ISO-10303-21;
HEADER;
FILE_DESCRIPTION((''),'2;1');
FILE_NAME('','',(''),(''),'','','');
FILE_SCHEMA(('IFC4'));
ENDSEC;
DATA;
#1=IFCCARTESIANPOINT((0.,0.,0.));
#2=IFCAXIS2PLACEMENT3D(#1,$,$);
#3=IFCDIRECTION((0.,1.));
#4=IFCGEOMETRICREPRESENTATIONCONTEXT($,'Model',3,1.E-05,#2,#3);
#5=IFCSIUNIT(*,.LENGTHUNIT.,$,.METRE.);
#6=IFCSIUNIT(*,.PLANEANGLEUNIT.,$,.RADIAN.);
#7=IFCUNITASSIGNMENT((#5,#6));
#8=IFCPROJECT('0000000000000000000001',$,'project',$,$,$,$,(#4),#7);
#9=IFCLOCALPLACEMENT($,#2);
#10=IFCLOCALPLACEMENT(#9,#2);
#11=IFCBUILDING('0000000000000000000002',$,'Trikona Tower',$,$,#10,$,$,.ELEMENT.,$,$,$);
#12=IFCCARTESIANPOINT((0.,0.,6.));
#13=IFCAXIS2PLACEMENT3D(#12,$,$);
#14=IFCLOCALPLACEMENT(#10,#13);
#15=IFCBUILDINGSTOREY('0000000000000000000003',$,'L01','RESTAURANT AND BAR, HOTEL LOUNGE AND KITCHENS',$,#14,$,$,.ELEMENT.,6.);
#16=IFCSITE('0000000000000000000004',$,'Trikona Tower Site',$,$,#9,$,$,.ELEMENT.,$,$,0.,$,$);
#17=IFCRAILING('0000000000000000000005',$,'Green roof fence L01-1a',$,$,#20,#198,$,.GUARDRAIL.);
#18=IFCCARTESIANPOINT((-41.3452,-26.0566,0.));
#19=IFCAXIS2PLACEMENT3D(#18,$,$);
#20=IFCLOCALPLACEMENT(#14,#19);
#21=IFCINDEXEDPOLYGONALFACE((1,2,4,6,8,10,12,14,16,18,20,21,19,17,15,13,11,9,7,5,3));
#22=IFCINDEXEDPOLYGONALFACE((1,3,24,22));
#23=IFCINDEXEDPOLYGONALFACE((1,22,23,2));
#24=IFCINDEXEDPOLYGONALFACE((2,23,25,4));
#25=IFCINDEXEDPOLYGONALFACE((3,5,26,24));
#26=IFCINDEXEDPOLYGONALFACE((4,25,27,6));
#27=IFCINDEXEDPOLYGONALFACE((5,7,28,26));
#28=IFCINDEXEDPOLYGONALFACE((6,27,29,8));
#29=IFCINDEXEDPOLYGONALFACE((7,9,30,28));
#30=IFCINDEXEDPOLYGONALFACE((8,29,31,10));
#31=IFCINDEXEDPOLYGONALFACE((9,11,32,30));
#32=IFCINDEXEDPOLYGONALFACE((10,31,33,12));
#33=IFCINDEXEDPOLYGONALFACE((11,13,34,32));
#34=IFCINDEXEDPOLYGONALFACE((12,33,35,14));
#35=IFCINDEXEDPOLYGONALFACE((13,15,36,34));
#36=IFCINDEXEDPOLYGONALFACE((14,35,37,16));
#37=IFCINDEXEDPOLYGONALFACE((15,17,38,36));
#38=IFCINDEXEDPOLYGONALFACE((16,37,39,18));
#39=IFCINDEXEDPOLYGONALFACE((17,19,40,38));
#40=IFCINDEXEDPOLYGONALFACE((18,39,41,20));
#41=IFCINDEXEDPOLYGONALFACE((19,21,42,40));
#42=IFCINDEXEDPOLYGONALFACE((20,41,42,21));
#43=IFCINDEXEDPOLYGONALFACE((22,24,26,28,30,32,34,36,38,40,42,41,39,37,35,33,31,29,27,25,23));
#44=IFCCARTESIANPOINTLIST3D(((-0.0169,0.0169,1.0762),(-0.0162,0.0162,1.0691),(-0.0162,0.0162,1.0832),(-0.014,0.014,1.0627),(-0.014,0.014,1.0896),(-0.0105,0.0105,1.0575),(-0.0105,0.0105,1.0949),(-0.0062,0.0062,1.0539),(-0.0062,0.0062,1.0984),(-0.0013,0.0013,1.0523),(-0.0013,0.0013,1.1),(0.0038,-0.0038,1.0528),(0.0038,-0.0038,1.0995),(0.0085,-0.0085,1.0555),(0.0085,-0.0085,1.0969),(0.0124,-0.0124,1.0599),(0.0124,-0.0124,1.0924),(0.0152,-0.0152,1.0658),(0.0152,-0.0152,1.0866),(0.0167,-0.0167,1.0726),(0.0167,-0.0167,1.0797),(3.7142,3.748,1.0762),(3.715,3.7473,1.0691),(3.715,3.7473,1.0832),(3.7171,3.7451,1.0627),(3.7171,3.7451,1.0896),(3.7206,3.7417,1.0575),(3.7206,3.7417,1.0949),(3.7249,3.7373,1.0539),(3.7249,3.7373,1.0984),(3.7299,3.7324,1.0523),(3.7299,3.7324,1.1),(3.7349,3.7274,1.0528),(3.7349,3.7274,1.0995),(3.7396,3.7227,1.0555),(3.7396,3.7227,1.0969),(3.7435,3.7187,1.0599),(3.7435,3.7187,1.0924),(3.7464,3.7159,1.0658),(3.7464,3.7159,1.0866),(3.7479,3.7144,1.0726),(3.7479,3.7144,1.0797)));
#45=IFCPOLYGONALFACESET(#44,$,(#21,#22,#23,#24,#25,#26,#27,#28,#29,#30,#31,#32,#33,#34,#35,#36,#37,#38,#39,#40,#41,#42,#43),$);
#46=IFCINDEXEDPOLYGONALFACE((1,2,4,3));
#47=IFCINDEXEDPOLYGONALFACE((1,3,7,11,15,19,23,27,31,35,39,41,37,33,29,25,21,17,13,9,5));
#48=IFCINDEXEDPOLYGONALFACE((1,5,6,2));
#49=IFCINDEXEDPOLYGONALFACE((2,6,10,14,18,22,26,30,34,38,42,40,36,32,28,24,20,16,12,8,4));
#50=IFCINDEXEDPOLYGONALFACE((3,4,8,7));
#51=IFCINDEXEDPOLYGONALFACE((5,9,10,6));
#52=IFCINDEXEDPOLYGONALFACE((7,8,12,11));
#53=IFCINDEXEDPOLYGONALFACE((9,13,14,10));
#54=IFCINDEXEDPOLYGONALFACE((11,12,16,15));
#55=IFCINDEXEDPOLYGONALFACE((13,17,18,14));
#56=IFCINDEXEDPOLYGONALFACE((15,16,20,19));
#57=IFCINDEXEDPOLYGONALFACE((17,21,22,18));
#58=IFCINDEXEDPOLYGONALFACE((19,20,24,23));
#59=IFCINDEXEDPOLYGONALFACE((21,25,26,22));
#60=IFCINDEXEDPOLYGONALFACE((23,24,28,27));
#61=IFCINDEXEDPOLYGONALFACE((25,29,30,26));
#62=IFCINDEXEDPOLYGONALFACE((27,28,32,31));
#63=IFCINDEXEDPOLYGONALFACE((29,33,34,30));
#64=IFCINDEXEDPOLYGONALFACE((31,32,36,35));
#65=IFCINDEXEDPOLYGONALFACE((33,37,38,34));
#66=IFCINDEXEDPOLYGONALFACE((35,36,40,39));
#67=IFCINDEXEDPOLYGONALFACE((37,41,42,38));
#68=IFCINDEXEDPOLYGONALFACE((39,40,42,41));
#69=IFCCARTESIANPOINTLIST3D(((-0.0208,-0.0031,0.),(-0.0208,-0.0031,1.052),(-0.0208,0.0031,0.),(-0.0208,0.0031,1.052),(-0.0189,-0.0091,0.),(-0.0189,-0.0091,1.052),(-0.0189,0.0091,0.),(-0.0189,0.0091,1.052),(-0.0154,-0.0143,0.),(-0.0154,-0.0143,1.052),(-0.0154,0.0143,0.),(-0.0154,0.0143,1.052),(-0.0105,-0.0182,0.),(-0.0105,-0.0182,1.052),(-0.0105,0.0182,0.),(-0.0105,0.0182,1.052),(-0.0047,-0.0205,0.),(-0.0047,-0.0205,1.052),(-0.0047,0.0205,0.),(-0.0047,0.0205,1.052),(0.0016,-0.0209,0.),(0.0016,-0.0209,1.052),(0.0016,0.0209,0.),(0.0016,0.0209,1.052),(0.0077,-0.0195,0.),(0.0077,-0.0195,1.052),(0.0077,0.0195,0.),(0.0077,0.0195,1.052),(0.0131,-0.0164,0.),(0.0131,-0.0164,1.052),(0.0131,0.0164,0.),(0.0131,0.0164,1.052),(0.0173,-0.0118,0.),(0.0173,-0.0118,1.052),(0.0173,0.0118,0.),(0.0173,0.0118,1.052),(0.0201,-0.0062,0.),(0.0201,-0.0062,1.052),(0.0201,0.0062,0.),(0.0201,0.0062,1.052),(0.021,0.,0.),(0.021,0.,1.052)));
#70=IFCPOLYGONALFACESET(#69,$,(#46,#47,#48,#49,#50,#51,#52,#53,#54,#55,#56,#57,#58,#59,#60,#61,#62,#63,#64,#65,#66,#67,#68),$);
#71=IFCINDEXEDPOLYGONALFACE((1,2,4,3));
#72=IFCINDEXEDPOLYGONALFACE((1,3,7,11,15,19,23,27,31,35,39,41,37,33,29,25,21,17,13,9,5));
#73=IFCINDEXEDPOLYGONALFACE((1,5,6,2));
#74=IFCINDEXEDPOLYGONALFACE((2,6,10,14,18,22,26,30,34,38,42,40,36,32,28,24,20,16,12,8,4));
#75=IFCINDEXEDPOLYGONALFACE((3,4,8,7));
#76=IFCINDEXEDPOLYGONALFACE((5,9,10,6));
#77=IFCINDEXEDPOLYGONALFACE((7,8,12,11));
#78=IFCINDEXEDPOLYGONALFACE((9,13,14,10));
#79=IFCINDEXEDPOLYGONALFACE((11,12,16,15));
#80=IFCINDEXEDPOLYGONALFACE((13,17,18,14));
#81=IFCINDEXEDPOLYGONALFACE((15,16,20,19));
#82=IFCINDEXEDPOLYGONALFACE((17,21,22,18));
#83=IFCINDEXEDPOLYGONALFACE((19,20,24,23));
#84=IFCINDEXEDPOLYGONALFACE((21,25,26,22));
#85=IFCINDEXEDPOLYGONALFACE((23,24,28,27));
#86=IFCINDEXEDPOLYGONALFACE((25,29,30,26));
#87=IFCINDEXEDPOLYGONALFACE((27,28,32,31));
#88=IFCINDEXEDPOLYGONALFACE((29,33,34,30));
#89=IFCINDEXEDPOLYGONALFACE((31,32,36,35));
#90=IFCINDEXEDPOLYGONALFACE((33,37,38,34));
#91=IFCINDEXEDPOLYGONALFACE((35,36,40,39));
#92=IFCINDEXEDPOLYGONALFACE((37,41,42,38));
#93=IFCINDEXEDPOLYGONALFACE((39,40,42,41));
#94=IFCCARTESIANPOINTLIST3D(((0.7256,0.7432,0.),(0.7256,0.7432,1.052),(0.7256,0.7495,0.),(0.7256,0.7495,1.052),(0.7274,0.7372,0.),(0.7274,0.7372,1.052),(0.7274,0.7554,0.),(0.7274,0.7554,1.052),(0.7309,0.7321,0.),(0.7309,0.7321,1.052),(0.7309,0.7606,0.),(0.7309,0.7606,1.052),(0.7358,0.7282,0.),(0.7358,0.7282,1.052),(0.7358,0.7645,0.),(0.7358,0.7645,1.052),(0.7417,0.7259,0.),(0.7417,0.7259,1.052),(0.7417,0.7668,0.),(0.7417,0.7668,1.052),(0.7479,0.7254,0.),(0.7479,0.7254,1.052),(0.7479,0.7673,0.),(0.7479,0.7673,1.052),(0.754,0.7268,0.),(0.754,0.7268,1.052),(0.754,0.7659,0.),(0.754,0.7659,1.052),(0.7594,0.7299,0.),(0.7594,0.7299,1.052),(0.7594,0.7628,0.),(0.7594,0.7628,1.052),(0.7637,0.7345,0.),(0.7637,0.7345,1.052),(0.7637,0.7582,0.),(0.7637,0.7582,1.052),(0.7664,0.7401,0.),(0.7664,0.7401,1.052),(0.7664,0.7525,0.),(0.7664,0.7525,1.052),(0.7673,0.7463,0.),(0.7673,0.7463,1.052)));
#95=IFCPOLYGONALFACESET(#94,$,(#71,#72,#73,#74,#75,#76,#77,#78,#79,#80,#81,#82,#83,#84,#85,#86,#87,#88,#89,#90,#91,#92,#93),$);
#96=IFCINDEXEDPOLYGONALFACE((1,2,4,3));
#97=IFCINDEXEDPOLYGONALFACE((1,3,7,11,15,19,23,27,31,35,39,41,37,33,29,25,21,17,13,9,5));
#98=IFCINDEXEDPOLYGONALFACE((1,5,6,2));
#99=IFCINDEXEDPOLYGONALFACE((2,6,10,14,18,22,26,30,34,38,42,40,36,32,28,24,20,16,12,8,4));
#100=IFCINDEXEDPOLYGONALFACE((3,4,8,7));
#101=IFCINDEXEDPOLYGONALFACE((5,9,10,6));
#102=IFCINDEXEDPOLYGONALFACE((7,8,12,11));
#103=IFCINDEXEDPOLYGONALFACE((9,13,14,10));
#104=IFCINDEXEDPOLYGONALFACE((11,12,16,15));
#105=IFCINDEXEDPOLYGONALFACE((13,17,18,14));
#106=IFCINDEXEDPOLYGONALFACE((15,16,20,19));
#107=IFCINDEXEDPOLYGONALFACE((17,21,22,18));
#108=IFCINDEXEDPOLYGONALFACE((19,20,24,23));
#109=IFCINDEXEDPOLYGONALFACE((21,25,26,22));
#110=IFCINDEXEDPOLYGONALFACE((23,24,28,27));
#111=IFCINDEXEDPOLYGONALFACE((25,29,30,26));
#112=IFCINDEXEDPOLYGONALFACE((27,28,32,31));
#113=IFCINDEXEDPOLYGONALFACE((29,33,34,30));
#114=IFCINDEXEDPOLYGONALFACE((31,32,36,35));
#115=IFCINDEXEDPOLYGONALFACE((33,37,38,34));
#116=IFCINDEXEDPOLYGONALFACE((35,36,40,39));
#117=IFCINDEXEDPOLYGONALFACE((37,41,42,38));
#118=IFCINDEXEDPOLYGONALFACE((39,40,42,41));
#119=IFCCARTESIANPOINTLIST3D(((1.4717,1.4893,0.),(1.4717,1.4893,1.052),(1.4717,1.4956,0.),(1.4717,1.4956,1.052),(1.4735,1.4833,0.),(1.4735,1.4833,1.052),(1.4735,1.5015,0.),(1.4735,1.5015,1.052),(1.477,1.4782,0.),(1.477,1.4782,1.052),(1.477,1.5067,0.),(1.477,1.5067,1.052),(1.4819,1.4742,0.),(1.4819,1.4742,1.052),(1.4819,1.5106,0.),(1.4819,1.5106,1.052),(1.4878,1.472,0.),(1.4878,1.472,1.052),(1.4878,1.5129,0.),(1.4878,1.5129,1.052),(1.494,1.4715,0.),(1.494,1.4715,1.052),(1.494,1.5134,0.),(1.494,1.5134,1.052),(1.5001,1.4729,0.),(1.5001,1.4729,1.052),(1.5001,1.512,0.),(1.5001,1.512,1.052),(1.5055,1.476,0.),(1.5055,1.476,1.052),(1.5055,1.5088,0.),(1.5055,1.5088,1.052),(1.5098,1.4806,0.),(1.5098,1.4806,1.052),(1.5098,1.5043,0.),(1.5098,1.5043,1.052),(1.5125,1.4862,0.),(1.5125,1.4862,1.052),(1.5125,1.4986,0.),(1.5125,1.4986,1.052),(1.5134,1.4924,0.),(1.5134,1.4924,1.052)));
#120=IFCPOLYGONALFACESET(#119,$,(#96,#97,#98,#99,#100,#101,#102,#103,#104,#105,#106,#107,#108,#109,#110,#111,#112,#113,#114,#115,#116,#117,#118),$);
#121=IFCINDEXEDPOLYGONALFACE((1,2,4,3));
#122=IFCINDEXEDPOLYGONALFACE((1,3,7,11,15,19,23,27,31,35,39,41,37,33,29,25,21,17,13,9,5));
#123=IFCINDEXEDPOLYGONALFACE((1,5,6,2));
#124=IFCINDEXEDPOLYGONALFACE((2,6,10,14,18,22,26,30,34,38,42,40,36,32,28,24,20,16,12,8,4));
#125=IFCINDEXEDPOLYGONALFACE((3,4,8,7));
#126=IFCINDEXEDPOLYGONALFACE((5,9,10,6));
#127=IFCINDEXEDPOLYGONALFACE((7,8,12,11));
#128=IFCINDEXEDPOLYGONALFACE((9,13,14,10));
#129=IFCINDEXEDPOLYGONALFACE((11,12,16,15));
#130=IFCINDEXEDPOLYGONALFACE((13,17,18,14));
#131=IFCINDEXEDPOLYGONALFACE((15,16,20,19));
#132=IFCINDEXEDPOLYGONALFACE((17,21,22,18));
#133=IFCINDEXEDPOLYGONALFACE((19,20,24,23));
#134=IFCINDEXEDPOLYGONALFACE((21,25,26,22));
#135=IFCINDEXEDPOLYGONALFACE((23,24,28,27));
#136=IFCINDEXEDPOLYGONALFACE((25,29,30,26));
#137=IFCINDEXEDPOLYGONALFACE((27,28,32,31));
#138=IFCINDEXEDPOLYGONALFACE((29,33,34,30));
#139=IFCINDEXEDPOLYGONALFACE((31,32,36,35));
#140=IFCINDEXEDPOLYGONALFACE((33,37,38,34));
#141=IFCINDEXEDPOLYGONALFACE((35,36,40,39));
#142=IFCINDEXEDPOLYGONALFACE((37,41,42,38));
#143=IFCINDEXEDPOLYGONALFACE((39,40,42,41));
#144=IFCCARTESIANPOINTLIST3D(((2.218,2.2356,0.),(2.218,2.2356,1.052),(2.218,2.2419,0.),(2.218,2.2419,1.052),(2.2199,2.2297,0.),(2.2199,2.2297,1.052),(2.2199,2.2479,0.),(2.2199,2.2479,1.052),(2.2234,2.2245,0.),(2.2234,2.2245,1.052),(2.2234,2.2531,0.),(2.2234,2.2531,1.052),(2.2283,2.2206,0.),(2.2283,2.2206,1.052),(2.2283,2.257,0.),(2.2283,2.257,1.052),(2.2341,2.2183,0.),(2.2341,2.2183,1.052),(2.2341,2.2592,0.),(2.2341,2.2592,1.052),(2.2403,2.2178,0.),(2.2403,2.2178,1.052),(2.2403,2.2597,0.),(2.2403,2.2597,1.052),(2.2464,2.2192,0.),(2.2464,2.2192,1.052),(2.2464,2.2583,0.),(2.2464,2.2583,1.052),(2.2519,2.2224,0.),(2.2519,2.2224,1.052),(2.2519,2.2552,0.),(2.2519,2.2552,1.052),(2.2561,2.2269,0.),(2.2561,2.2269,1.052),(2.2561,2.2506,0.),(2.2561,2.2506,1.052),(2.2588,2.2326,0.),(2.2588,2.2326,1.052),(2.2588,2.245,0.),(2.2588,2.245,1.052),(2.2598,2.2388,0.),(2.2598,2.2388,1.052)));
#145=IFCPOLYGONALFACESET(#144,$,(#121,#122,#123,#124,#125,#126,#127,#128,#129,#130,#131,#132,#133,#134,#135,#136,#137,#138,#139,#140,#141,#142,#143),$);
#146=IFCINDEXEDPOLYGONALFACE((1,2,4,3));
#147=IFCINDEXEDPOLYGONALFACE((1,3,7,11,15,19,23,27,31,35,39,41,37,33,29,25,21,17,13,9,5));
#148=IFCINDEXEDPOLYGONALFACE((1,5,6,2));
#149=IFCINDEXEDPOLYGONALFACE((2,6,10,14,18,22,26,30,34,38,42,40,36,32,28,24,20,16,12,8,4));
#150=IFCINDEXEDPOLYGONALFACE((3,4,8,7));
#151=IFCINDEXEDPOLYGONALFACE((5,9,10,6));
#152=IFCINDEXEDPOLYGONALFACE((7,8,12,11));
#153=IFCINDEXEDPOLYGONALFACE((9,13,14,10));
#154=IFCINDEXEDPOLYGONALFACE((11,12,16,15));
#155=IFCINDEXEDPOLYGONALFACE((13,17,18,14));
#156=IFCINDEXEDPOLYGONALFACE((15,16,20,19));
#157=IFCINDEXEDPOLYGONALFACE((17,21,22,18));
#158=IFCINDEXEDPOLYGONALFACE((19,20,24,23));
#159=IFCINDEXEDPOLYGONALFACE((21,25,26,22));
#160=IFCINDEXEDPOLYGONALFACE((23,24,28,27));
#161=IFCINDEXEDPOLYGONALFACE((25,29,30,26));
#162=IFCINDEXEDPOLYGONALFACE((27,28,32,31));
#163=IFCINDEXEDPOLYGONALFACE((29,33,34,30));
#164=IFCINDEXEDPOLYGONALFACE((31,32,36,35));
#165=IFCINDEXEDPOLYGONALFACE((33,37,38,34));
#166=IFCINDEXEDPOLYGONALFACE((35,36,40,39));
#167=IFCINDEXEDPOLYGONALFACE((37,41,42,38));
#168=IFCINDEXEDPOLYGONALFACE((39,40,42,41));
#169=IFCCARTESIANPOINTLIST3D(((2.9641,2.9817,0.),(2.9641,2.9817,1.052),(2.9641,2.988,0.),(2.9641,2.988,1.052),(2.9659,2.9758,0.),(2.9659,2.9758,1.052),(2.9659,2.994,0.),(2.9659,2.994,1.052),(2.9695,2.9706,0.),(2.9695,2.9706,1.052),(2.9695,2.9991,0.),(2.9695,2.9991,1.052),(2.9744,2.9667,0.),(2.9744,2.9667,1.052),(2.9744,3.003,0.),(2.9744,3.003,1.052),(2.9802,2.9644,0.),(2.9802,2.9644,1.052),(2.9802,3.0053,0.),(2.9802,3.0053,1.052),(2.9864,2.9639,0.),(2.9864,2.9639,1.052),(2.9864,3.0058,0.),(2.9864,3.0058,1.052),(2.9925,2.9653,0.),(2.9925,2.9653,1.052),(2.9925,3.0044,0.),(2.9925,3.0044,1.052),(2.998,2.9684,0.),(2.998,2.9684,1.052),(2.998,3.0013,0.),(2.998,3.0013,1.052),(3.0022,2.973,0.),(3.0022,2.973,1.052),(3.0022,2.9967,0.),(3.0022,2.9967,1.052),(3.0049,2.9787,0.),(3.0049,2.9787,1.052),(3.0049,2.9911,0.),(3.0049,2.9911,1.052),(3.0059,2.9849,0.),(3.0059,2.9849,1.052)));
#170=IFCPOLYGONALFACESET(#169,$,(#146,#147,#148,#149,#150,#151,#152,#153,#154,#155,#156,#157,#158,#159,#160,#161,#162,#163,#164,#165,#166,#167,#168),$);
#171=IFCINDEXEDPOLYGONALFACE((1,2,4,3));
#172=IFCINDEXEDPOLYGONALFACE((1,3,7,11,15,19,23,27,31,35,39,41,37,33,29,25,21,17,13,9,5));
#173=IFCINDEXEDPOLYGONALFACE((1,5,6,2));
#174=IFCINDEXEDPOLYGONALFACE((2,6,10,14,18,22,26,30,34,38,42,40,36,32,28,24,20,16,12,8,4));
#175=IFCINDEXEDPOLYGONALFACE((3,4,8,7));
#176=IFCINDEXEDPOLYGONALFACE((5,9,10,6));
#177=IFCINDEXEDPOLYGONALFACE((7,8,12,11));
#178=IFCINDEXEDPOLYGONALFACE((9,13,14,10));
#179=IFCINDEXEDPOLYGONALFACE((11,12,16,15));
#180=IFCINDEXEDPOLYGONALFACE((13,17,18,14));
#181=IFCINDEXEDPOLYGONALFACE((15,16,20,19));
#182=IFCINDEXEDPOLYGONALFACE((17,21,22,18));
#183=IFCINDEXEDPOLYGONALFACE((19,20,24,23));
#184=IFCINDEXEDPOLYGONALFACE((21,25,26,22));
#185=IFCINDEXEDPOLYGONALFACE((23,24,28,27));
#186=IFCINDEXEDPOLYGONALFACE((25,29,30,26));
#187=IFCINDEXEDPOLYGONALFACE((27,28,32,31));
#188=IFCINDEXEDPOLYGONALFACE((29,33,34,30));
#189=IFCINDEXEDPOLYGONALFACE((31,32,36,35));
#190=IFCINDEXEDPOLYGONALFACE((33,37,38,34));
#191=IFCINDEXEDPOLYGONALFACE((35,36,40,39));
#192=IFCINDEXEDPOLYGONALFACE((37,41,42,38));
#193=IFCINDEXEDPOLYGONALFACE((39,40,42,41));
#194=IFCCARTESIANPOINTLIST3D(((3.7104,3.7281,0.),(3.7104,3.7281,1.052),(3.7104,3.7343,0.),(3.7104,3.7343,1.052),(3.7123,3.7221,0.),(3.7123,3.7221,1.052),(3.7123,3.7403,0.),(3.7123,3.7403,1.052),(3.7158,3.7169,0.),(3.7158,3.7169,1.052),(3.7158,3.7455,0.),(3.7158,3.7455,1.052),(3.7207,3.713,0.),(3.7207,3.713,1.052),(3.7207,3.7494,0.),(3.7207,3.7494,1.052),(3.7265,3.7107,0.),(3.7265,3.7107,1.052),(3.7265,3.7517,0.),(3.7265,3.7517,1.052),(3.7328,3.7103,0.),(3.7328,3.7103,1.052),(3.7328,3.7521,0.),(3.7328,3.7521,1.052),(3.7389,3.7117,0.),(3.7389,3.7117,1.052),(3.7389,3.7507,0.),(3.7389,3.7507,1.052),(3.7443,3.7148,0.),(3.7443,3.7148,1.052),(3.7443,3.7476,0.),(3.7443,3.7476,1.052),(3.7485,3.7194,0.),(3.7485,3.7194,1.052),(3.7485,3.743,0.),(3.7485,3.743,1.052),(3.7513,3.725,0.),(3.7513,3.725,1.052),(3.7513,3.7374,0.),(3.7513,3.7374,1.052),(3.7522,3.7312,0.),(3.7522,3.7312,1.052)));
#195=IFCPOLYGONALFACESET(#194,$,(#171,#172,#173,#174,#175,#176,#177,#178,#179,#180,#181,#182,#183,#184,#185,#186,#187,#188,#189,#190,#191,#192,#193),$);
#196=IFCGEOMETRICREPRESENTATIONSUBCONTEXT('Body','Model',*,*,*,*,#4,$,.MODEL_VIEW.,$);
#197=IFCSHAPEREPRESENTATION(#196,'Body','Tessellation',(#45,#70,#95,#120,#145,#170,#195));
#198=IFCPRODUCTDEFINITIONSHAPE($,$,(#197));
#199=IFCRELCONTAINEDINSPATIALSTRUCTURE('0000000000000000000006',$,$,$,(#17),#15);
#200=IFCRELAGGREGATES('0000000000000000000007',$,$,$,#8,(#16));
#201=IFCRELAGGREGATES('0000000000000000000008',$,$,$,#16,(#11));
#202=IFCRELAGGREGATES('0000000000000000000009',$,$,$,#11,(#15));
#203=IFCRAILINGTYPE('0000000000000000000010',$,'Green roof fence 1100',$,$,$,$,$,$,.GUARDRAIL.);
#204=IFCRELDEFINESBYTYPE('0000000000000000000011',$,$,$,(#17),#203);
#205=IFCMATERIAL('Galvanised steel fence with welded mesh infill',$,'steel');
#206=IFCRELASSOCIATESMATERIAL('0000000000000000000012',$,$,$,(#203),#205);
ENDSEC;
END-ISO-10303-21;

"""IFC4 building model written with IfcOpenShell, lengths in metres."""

from ifc_helpers import new_model, si_unit, direction, frame, origin, origin_2d, place, context, subcontext, project, spatial, circle, extrude, material, type_object, element, save


model = new_model("IFC4")

# Units and contexts
model_context = context("Model", 3, precision=1e-05, world=origin(), true_north=direction((0.0, 1.0)))
body_context = subcontext(model_context, "Body", "Model", "MODEL_VIEW")
ifc_project = project(units=[si_unit("LENGTHUNIT", "METRE"), si_unit("PLANEANGLEUNIT", "RADIAN")], contexts=[model_context])

# Site, building, storey
site_placement = place(None, origin())
site = spatial("IfcSite", under=ifc_project, at=site_placement, Name="Trikona Tower Site", CompositionType="ELEMENT", RefElevation=0.0)
building_placement = place(site_placement, origin())
building = spatial("IfcBuilding", under=site, at=building_placement, Name="Trikona Tower", CompositionType="ELEMENT")
storey_placement = place(building_placement, frame((0.0, 0.0, 6.0)))
storey = spatial("IfcBuildingStorey", under=building, at=storey_placement, Name="L01", Description="RESTAURANT AND BAR, HOTEL LOUNGE AND KITCHENS", CompositionType="ELEMENT", Elevation=6.0)

# Railing
ifc_material_1 = material(Name="Galvanised steel fence with welded mesh infill", Category="steel")
railing_type = type_object("IfcRailingType", Name="Green roof fence 1100", PredefinedType="GUARDRAIL", material=ifc_material_1)
railing_placement = place(storey_placement, frame((-41.3452, -26.0566, 0.0)))
element("IfcRailing", 1, at=railing_placement, inside=storey, type_object=railing_type, Name="Green roof fence L01-1a", PredefinedType="GUARDRAIL", context=body_context, shape_type="SweptSolid", body=[
    extrude(circle(Radius=0.0239, at=origin_2d()), frame((0.0, 0.0, 1.0762), z_axis=(0.707107, 0.707107, 0.0), x_axis=(-0.707107, 0.707107, 0.0)), (0.0, 0.0, 1.0), 5.2766),
    extrude(circle(Radius=0.021, at=origin_2d()), origin(), (0.0, 0.0, 1.0), 1.052),
    extrude(circle(Radius=0.021, at=origin_2d()), frame((0.7463, 0.7463, 0.0)), (0.0, 0.0, 1.0), 1.052),
    extrude(circle(Radius=0.021, at=origin_2d()), frame((1.4924, 1.4924, 0.0)), (0.0, 0.0, 1.0), 1.052),
    extrude(circle(Radius=0.021, at=origin_2d()), frame((2.2388, 2.2388, 0.0)), (0.0, 0.0, 1.0), 1.052),
    extrude(circle(Radius=0.021, at=origin_2d()), frame((2.9849, 2.9849, 0.0)), (0.0, 0.0, 1.0), 1.052),
    extrude(circle(Radius=0.021, at=origin_2d()), frame((3.7312, 3.7312, 0.0)), (0.0, 0.0, 1.0), 1.052),
])

save(model, "model.ifc")
